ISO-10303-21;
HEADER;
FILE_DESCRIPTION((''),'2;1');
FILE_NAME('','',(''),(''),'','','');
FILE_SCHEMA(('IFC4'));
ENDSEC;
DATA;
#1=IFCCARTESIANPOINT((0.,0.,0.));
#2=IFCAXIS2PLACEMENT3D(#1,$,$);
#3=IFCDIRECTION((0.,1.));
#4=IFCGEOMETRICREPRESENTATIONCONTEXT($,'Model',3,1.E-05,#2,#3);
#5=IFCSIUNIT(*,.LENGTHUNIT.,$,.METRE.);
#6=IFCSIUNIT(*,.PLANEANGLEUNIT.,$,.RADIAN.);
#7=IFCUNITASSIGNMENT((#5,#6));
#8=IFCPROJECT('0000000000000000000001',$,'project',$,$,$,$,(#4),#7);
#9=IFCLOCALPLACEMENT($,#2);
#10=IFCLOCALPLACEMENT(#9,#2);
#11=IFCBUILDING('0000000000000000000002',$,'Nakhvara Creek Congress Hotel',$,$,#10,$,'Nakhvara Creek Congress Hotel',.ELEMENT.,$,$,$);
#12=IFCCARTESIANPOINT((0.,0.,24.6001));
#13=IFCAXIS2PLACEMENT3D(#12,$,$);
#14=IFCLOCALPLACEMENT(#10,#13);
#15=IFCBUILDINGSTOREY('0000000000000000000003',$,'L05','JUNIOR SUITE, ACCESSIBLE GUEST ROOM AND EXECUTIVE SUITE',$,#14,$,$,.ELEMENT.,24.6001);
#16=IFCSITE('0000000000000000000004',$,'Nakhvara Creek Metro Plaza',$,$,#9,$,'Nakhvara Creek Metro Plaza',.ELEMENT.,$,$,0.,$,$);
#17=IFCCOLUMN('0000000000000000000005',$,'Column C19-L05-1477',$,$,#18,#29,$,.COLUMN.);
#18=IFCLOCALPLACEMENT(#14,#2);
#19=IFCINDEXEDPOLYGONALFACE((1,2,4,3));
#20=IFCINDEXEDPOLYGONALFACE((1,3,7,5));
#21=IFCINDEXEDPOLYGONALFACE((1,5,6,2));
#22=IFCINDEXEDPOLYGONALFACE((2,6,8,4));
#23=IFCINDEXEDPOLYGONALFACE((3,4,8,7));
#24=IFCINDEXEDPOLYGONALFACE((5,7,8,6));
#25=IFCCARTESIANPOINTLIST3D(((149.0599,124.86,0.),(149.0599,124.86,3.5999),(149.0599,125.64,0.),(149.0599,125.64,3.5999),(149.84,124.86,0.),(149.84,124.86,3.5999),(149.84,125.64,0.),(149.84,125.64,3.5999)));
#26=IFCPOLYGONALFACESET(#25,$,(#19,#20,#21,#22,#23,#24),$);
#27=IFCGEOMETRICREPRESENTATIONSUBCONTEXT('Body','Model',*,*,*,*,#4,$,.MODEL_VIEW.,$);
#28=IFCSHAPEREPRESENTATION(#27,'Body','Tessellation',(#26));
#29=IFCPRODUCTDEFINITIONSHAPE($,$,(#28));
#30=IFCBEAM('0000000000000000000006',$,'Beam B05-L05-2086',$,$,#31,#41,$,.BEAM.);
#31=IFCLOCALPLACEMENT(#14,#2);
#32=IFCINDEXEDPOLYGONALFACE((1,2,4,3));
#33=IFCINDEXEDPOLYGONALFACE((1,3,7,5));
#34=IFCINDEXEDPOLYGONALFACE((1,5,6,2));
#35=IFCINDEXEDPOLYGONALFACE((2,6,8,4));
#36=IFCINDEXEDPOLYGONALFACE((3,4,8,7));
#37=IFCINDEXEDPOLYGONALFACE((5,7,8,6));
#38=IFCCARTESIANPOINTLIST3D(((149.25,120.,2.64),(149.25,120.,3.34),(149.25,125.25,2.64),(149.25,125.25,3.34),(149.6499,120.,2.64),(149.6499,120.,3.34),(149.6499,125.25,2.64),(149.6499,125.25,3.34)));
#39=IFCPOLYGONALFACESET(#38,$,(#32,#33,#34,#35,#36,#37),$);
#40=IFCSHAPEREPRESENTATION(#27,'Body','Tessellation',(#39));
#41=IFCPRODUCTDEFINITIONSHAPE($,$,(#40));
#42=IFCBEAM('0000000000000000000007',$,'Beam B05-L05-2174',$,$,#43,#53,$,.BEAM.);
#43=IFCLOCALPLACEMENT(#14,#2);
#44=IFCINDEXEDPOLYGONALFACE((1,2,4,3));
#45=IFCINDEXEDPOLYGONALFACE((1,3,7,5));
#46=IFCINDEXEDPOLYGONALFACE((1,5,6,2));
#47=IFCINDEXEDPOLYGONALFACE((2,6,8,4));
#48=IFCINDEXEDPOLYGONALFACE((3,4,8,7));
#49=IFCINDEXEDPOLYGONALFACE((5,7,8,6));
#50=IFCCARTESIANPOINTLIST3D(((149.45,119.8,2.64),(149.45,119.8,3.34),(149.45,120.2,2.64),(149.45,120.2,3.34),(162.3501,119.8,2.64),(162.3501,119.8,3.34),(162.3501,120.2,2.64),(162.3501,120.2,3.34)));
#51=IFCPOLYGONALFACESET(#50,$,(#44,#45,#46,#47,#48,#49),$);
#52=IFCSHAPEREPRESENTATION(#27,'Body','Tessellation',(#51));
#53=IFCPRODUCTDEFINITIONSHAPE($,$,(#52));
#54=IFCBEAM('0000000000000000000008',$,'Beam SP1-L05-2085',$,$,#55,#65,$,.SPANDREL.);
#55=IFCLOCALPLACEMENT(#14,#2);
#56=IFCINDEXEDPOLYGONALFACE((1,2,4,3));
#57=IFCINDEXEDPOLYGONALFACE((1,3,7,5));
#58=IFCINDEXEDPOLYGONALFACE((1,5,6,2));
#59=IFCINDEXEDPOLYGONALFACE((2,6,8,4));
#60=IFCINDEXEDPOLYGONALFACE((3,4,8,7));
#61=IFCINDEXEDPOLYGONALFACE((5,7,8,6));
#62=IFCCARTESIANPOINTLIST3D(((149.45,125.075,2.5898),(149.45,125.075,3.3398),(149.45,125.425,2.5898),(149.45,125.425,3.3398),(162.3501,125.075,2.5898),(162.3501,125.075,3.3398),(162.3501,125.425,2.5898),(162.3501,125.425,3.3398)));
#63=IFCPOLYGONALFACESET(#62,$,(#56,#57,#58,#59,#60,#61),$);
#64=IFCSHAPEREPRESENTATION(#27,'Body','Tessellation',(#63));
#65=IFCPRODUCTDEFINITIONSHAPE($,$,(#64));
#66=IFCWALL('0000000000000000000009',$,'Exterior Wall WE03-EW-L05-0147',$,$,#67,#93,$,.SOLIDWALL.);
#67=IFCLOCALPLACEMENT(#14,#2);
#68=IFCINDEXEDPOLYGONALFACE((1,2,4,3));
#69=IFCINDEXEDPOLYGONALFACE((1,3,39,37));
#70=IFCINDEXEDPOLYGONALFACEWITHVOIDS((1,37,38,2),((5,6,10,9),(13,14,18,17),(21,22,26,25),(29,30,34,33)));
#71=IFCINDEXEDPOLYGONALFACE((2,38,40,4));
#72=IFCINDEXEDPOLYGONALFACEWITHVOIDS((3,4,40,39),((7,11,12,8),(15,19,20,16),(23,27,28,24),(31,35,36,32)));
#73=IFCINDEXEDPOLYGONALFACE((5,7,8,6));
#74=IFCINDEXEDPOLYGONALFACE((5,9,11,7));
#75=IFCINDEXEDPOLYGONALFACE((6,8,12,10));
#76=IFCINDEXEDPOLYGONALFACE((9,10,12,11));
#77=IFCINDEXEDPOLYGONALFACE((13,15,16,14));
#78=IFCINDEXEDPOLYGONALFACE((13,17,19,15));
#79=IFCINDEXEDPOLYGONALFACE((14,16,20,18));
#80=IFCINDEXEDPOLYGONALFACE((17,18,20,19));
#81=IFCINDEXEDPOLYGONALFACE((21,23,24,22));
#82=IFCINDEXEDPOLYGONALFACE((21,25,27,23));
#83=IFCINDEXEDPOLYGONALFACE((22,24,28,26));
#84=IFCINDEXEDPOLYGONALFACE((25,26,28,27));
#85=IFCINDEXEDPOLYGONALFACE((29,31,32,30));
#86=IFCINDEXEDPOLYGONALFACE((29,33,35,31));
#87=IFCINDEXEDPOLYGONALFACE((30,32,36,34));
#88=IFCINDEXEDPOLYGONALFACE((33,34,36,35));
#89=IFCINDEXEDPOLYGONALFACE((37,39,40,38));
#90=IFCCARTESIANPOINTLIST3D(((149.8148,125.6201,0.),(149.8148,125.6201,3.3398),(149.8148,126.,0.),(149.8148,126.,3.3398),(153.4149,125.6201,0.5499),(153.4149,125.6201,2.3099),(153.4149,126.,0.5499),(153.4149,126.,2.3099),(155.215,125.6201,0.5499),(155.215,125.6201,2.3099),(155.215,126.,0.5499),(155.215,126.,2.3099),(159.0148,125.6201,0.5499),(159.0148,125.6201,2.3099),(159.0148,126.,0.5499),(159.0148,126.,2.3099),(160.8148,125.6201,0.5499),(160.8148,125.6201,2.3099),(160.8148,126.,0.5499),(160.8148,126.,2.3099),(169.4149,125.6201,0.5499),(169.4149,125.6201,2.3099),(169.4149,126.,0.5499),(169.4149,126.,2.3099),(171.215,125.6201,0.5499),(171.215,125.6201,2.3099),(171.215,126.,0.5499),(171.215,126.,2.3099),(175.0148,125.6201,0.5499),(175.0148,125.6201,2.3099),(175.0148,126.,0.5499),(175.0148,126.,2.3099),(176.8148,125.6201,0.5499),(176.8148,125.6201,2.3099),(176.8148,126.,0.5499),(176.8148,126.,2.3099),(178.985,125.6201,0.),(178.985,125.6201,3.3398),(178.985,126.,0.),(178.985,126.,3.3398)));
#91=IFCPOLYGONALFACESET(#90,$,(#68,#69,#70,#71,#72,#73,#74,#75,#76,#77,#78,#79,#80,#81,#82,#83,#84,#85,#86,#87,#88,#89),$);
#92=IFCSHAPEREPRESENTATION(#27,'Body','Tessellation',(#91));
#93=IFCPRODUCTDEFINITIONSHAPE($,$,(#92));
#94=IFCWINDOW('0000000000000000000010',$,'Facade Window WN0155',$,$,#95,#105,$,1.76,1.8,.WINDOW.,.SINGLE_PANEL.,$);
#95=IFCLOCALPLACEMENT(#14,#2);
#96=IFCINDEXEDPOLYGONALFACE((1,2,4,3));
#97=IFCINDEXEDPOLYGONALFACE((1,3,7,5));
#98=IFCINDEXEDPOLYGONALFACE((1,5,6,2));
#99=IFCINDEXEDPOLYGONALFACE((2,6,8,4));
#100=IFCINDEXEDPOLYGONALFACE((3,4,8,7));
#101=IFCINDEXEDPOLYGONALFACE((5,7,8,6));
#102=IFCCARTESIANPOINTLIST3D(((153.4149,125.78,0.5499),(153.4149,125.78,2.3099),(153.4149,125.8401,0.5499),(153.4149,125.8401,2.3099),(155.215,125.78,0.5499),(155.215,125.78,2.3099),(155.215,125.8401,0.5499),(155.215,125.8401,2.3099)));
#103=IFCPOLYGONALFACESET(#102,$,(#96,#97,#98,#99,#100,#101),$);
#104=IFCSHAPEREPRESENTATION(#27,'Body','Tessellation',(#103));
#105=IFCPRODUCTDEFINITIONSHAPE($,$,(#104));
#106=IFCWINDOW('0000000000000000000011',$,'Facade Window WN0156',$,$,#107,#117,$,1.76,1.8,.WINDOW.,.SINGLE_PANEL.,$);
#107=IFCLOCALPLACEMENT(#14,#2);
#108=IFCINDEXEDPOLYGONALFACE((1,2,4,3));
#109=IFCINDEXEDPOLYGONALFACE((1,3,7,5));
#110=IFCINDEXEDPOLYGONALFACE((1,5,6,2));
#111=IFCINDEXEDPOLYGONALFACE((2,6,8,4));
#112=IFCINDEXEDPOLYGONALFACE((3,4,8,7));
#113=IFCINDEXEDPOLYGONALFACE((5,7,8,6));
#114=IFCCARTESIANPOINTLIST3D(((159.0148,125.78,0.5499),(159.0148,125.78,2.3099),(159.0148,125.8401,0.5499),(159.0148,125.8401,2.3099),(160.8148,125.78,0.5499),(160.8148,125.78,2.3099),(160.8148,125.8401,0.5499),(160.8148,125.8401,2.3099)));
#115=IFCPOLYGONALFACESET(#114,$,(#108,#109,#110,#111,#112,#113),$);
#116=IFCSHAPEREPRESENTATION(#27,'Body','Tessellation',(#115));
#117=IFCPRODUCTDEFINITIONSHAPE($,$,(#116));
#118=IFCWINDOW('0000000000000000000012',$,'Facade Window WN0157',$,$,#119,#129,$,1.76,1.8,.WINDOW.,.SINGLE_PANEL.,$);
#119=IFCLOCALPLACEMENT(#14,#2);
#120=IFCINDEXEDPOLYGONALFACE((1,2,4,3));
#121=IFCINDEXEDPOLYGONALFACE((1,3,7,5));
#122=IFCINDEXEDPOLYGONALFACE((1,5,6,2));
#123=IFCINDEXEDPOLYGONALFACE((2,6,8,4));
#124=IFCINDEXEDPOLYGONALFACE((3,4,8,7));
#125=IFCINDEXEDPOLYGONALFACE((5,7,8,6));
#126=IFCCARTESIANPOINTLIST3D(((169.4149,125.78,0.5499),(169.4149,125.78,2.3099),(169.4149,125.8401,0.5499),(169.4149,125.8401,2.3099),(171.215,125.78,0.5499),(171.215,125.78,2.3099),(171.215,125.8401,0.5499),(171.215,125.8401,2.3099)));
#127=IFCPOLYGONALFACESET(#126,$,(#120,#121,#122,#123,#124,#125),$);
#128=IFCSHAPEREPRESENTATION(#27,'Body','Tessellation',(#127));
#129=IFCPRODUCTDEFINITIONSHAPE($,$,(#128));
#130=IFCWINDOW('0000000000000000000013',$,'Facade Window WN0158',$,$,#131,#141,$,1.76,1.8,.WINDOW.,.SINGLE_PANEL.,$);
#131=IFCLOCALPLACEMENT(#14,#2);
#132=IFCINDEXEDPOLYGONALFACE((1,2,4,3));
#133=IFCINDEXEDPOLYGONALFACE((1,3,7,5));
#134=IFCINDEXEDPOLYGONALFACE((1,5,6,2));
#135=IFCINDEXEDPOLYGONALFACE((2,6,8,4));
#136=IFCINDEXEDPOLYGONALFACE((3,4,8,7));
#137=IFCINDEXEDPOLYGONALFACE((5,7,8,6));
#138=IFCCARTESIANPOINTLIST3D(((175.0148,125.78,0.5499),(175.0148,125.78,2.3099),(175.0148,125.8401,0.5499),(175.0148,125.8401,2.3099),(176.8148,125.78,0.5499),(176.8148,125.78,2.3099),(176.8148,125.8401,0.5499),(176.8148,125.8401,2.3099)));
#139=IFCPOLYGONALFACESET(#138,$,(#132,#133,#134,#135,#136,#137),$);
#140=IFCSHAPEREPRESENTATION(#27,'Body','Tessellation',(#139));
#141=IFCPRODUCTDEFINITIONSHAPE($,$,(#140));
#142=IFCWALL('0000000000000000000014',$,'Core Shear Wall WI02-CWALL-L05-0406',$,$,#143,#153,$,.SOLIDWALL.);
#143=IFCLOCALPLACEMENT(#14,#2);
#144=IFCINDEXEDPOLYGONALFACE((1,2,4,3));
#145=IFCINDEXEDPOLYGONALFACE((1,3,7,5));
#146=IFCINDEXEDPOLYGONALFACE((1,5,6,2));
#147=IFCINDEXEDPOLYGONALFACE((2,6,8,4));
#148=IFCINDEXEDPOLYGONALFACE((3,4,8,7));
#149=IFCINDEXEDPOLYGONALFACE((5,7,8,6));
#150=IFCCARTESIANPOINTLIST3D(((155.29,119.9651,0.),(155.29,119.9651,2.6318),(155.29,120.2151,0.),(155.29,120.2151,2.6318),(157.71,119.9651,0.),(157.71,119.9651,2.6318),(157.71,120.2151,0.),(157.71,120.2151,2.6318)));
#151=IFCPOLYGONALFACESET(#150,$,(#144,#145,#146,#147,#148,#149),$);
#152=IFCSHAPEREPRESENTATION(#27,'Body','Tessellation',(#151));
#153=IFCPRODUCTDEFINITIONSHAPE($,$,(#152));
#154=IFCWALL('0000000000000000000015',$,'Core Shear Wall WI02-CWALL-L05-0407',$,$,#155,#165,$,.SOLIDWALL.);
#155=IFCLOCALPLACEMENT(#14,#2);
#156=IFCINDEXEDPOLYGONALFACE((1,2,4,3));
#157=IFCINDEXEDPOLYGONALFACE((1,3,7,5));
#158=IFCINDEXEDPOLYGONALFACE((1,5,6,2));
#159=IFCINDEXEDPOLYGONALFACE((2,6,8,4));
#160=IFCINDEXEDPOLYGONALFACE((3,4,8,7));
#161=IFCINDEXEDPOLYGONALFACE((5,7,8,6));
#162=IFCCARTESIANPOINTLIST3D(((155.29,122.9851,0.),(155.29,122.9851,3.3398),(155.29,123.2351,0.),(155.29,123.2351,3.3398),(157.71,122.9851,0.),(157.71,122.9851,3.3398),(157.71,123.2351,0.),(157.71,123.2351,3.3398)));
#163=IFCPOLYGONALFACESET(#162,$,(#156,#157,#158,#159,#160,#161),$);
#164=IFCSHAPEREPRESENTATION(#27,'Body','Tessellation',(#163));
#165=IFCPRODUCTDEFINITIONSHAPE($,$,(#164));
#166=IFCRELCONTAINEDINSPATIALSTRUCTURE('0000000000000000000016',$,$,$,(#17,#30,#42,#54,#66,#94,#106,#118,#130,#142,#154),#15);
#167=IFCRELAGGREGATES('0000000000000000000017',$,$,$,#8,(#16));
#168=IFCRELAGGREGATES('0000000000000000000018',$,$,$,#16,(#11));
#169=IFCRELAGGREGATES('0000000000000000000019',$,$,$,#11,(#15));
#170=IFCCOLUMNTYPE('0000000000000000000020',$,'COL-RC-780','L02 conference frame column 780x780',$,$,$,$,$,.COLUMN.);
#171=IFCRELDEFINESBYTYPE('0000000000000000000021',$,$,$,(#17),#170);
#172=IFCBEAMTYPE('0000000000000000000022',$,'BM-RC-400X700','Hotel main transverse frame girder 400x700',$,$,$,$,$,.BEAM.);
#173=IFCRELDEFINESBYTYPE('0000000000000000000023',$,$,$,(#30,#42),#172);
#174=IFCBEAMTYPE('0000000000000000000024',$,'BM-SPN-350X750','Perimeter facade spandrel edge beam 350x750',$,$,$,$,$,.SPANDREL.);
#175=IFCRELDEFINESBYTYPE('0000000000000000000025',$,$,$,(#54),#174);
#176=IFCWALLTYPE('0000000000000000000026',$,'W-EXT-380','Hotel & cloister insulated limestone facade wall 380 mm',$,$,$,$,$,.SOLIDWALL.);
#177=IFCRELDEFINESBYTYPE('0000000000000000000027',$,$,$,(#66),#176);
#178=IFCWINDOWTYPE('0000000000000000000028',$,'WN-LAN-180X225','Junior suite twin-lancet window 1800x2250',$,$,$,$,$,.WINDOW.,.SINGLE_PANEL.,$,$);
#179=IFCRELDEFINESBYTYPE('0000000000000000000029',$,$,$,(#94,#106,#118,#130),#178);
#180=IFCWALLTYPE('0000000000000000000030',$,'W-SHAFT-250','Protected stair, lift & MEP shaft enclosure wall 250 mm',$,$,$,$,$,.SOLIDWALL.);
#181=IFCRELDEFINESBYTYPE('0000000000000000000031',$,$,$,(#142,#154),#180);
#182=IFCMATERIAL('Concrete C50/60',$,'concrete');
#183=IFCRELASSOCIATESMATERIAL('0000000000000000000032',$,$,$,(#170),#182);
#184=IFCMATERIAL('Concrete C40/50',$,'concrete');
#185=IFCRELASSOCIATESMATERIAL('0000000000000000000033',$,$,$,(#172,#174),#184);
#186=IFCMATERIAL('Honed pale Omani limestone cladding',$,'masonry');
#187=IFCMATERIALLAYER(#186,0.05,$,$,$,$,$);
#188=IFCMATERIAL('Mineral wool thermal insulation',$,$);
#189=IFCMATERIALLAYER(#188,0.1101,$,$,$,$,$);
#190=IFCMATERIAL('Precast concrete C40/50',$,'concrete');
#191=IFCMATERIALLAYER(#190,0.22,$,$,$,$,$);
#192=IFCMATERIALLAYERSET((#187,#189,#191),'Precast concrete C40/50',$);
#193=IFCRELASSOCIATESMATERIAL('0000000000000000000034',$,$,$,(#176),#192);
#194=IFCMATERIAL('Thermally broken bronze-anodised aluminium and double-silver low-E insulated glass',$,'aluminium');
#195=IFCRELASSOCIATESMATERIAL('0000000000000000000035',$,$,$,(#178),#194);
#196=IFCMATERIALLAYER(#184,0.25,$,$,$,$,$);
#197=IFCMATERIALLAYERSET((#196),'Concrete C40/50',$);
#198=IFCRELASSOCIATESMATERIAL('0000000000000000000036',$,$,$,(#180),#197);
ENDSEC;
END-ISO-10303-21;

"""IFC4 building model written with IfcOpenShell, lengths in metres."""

from ifc_helpers import new_model, si_unit, direction, frame, frame_2d, origin, origin_2d, place, context, subcontext, project, spatial, rectangle, extrude, material, layer, layer_set, material_profile, profile_set, type_object, element, fill, save


model = new_model("IFC4")

# Units and contexts
model_context = context("Model", 3, precision=1e-05, world=origin(), true_north=direction((0.0, 1.0)))
body_context = subcontext(model_context, "Body", "Model", "MODEL_VIEW")
ifc_project = project(units=[si_unit("LENGTHUNIT", "METRE"), si_unit("PLANEANGLEUNIT", "RADIAN")], contexts=[model_context])

# Site, building, storey
site_placement = place(None, origin())
site = spatial("IfcSite", under=ifc_project, at=site_placement, Name="Nakhvara Creek Metro Plaza", LongName="Nakhvara Creek Metro Plaza", CompositionType="ELEMENT", RefElevation=0.0)
building_placement = place(site_placement, origin())
building = spatial("IfcBuilding", under=site, at=building_placement, Name="Nakhvara Creek Congress Hotel", LongName="Nakhvara Creek Congress Hotel", CompositionType="ELEMENT")
storey_placement = place(building_placement, frame((0.0, 0.0, 24.6001)))
storey = spatial("IfcBuildingStorey", under=building, at=storey_placement, Name="L05", Description="JUNIOR SUITE, ACCESSIBLE GUEST ROOM AND EXECUTIVE SUITE", CompositionType="ELEMENT", Elevation=24.6001)

# Column
ifc_material_1 = material(Name="Concrete C50/60", Category="concrete")
ifc_material_profile_1 = material_profile(ifc_material_1, rectangle(XDim=0.78, YDim=0.78, at=origin_2d()), Name="RC-COL 780x780", Category="LoadBearing")
ifc_profile_set_1 = profile_set([ifc_material_profile_1], Name="Concrete C50/60")
column_type = type_object("IfcColumnType", Name="COL-RC-780", Description="L02 conference frame column 780x780", PredefinedType="COLUMN", material=ifc_profile_set_1)
column_placement = place(storey_placement, frame((149.45, 125.25, 0.0), z_axis=(0.0, 0.0, 1.0), x_axis=(1.0, 0.0, 0.0)))
element("IfcColumn", 1, at=column_placement, inside=storey, type_object=column_type, Name="Column C19-L05-1477", PredefinedType="COLUMN", context=body_context, shape_type="SweptSolid", body=[
    extrude(rectangle(XDim=0.78, YDim=0.78, at=origin_2d()), origin(), (0.0, 0.0, 1.0), 3.5999),
])

# Beams
ifc_material_2 = material(Name="Concrete C40/50", Category="concrete")
ifc_material_profile_2 = material_profile(ifc_material_2, rectangle(XDim=0.3999, YDim=0.7, at=origin_2d()), Name="RC-BM 400x700", Category="LoadBearing")
ifc_profile_set_2 = profile_set([ifc_material_profile_2], Name="Concrete C40/50")
beam_type_1 = type_object("IfcBeamType", Name="BM-RC-400X700", Description="Hotel main transverse frame girder 400x700", PredefinedType="BEAM", material=ifc_profile_set_2)
beam_1_placement = place(storey_placement, frame((149.45, 120.0, 2.99), z_axis=(0.0, 1.0, 0.0), x_axis=(-1.0, 0.0, 0.0)))
element("IfcBeam", 2, at=beam_1_placement, inside=storey, type_object=beam_type_1, Name="Beam B05-L05-2086", PredefinedType="BEAM", context=body_context, shape_type="SweptSolid", body=[
    extrude(rectangle(XDim=0.3999, YDim=0.7, at=origin_2d()), origin(), (0.0, 0.0, 1.0), 5.25),
])
beam_2_placement = place(storey_placement, frame((149.45, 120.0, 2.99), z_axis=(1.0, 0.0, 0.0), x_axis=(0.0, 1.0, 0.0)))
element("IfcBeam", 3, at=beam_2_placement, inside=storey, type_object=beam_type_1, Name="Beam B05-L05-2174", PredefinedType="BEAM", context=body_context, shape_type="SweptSolid", body=[
    extrude(rectangle(XDim=0.3999, YDim=0.7, at=origin_2d()), origin(), (0.0, 0.0, 1.0), 12.9001),
])
ifc_material_profile_3 = material_profile(ifc_material_2, rectangle(XDim=0.3501, YDim=0.75, at=origin_2d()), Name="RC-SPANDREL 350x750", Category="LoadBearing")
ifc_profile_set_3 = profile_set([ifc_material_profile_3], Name="Concrete C40/50")
beam_type_2 = type_object("IfcBeamType", Name="BM-SPN-350X750", Description="Perimeter facade spandrel edge beam 350x750", PredefinedType="SPANDREL", material=ifc_profile_set_3)
beam_3_placement = place(storey_placement, frame((149.45, 125.25, 2.9648), z_axis=(1.0, 0.0, 0.0), x_axis=(0.0, 1.0, 0.0)))
element("IfcBeam", 4, at=beam_3_placement, inside=storey, type_object=beam_type_2, Name="Beam SP1-L05-2085", PredefinedType="SPANDREL", context=body_context, shape_type="SweptSolid", body=[
    extrude(rectangle(XDim=0.3501, YDim=0.75, at=origin_2d()), origin(), (0.0, 0.0, 1.0), 12.9001),
])

# Wall, openings, windows
ifc_material_3 = material(Name="Honed pale Omani limestone cladding", Category="masonry")
ifc_layer_1 = layer(ifc_material_3, 0.05)
ifc_material_4 = material(Name="Mineral wool thermal insulation")
ifc_layer_2 = layer(ifc_material_4, 0.1101)
ifc_material_5 = material(Name="Precast concrete C40/50", Category="concrete")
ifc_layer_3 = layer(ifc_material_5, 0.22)
ifc_layer_set_1 = layer_set([ifc_layer_1, ifc_layer_2, ifc_layer_3], Name="Precast concrete C40/50")
wall_type_1 = type_object("IfcWallType", Name="W-EXT-380", Description="Hotel & cloister insulated limestone facade wall 380 mm", PredefinedType="SOLIDWALL", material=ifc_layer_set_1)
wall_1_placement = place(storey_placement, frame((149.8149, 125.8101, 0.0), z_axis=(0.0, 0.0, 1.0), x_axis=(1.0, 0.0, 0.0)))
wall_1 = element("IfcWall", 5, at=wall_1_placement, inside=storey, type_object=wall_type_1, Name="Exterior Wall WE03-EW-L05-0147", PredefinedType="SOLIDWALL", context=body_context, shape_type="SweptSolid", body=[
    extrude(rectangle(XDim=29.1702, YDim=0.3799, at=frame_2d((14.585, 0.0))), origin(), (0.0, 0.0, 1.0), 3.3398),
])
opening_1_placement = place(wall_1_placement, frame((3.6001, 0.0, 0.55)))
opening_1 = element("IfcOpeningElement", 6, at=opening_1_placement, cuts=wall_1, PredefinedType="OPENING", context=body_context, shape_type="SweptSolid", body=[
    extrude(rectangle(XDim=1.8, YDim=1.76, at=frame_2d((0.8999, 0.8799))), frame((0.0, 0.2019, 0.0), z_axis=(0.0, -1.0, 0.0), x_axis=(1.0, 0.0, 0.0)), (0.0, 0.0, 1.0), 0.4038),
])
opening_2_placement = place(wall_1_placement, frame((9.2, 0.0, 0.55)))
opening_2 = element("IfcOpeningElement", 7, at=opening_2_placement, cuts=wall_1, PredefinedType="OPENING", context=body_context, shape_type="SweptSolid", body=[
    extrude(rectangle(XDim=1.8, YDim=1.76, at=frame_2d((0.8999, 0.8799))), frame((0.0, 0.2019, 0.0), z_axis=(0.0, -1.0, 0.0), x_axis=(1.0, 0.0, 0.0)), (0.0, 0.0, 1.0), 0.4038),
])
opening_3_placement = place(wall_1_placement, frame((19.6001, 0.0, 0.55)))
opening_3 = element("IfcOpeningElement", 8, at=opening_3_placement, cuts=wall_1, PredefinedType="OPENING", context=body_context, shape_type="SweptSolid", body=[
    extrude(rectangle(XDim=1.8, YDim=1.76, at=frame_2d((0.8999, 0.8799))), frame((0.0, 0.2019, 0.0), z_axis=(0.0, -1.0, 0.0), x_axis=(1.0, 0.0, 0.0)), (0.0, 0.0, 1.0), 0.4038),
])
opening_4_placement = place(wall_1_placement, frame((25.2, 0.0, 0.55)))
opening_4 = element("IfcOpeningElement", 9, at=opening_4_placement, cuts=wall_1, PredefinedType="OPENING", context=body_context, shape_type="SweptSolid", body=[
    extrude(rectangle(XDim=1.8, YDim=1.76, at=frame_2d((0.8999, 0.8799))), frame((0.0, 0.2019, 0.0), z_axis=(0.0, -1.0, 0.0), x_axis=(1.0, 0.0, 0.0)), (0.0, 0.0, 1.0), 0.4038),
])
ifc_material_6 = material(Name="Thermally broken bronze-anodised aluminium and double-silver low-E insulated glass", Category="aluminium")
window_type = type_object("IfcWindowType", Name="WN-LAN-180X225", Description="Junior suite twin-lancet window 1800x2250", PartitioningType="SINGLE_PANEL", PredefinedType="WINDOW", material=ifc_material_6)
window_1_placement = place(opening_1_placement, origin())
window_1 = element("IfcWindow", 10, at=window_1_placement, inside=storey, type_object=window_type, Name="Facade Window WN0155", OverallHeight=1.76, OverallWidth=1.8, PartitioningType="SINGLE_PANEL", PredefinedType="WINDOW", context=body_context, shape_type="SweptSolid", body=[
    extrude(rectangle(XDim=1.8, YDim=1.76, at=frame_2d((0.8999, 0.8799))), frame((0.0, 0.03, 0.0), z_axis=(0.0, -1.0, 0.0), x_axis=(1.0, 0.0, 0.0)), (0.0, 0.0, 1.0), 0.0601),
])
fill(opening_1, window_1)
window_2_placement = place(opening_2_placement, origin())
window_2 = element("IfcWindow", 11, at=window_2_placement, inside=storey, type_object=window_type, Name="Facade Window WN0156", OverallHeight=1.76, OverallWidth=1.8, PartitioningType="SINGLE_PANEL", PredefinedType="WINDOW", context=body_context, shape_type="SweptSolid", body=[
    extrude(rectangle(XDim=1.8, YDim=1.76, at=frame_2d((0.8999, 0.8799))), frame((0.0, 0.03, 0.0), z_axis=(0.0, -1.0, 0.0), x_axis=(1.0, 0.0, 0.0)), (0.0, 0.0, 1.0), 0.0601),
])
fill(opening_2, window_2)
window_3_placement = place(opening_3_placement, origin())
window_3 = element("IfcWindow", 12, at=window_3_placement, inside=storey, type_object=window_type, Name="Facade Window WN0157", OverallHeight=1.76, OverallWidth=1.8, PartitioningType="SINGLE_PANEL", PredefinedType="WINDOW", context=body_context, shape_type="SweptSolid", body=[
    extrude(rectangle(XDim=1.8, YDim=1.76, at=frame_2d((0.8999, 0.8799))), frame((0.0, 0.03, 0.0), z_axis=(0.0, -1.0, 0.0), x_axis=(1.0, 0.0, 0.0)), (0.0, 0.0, 1.0), 0.0601),
])
fill(opening_3, window_3)
window_4_placement = place(opening_4_placement, origin())
window_4 = element("IfcWindow", 13, at=window_4_placement, inside=storey, type_object=window_type, Name="Facade Window WN0158", OverallHeight=1.76, OverallWidth=1.8, PartitioningType="SINGLE_PANEL", PredefinedType="WINDOW", context=body_context, shape_type="SweptSolid", body=[
    extrude(rectangle(XDim=1.8, YDim=1.76, at=frame_2d((0.8999, 0.8799))), frame((0.0, 0.03, 0.0), z_axis=(0.0, -1.0, 0.0), x_axis=(1.0, 0.0, 0.0)), (0.0, 0.0, 1.0), 0.0601),
])
fill(opening_4, window_4)

# Walls
ifc_layer_4 = layer(ifc_material_2, 0.25)
ifc_layer_set_2 = layer_set([ifc_layer_4], Name="Concrete C40/50")
wall_type_2 = type_object("IfcWallType", Name="W-SHAFT-250", Description="Protected stair, lift & MEP shaft enclosure wall 250 mm", PredefinedType="SOLIDWALL", material=ifc_layer_set_2)
wall_2_placement = place(storey_placement, frame((155.29, 120.0901, 0.0), z_axis=(0.0, 0.0, 1.0), x_axis=(1.0, 0.0, 0.0)))
element("IfcWall", 14, at=wall_2_placement, inside=storey, type_object=wall_type_2, Name="Core Shear Wall WI02-CWALL-L05-0406", PredefinedType="SOLIDWALL", context=body_context, shape_type="SweptSolid", body=[
    extrude(rectangle(XDim=2.4199, YDim=0.25, at=frame_2d((1.21, 0.0))), origin(), (0.0, 0.0, 1.0), 2.6318),
])
wall_3_placement = place(storey_placement, frame((155.29, 123.1101, 0.0), z_axis=(0.0, 0.0, 1.0), x_axis=(1.0, 0.0, 0.0)))
element("IfcWall", 15, at=wall_3_placement, inside=storey, type_object=wall_type_2, Name="Core Shear Wall WI02-CWALL-L05-0407", PredefinedType="SOLIDWALL", context=body_context, shape_type="SweptSolid", body=[
    extrude(rectangle(XDim=2.4199, YDim=0.25, at=frame_2d((1.21, 0.0))), origin(), (0.0, 0.0, 1.0), 3.3398),
])

save(model, "model.ifc")
